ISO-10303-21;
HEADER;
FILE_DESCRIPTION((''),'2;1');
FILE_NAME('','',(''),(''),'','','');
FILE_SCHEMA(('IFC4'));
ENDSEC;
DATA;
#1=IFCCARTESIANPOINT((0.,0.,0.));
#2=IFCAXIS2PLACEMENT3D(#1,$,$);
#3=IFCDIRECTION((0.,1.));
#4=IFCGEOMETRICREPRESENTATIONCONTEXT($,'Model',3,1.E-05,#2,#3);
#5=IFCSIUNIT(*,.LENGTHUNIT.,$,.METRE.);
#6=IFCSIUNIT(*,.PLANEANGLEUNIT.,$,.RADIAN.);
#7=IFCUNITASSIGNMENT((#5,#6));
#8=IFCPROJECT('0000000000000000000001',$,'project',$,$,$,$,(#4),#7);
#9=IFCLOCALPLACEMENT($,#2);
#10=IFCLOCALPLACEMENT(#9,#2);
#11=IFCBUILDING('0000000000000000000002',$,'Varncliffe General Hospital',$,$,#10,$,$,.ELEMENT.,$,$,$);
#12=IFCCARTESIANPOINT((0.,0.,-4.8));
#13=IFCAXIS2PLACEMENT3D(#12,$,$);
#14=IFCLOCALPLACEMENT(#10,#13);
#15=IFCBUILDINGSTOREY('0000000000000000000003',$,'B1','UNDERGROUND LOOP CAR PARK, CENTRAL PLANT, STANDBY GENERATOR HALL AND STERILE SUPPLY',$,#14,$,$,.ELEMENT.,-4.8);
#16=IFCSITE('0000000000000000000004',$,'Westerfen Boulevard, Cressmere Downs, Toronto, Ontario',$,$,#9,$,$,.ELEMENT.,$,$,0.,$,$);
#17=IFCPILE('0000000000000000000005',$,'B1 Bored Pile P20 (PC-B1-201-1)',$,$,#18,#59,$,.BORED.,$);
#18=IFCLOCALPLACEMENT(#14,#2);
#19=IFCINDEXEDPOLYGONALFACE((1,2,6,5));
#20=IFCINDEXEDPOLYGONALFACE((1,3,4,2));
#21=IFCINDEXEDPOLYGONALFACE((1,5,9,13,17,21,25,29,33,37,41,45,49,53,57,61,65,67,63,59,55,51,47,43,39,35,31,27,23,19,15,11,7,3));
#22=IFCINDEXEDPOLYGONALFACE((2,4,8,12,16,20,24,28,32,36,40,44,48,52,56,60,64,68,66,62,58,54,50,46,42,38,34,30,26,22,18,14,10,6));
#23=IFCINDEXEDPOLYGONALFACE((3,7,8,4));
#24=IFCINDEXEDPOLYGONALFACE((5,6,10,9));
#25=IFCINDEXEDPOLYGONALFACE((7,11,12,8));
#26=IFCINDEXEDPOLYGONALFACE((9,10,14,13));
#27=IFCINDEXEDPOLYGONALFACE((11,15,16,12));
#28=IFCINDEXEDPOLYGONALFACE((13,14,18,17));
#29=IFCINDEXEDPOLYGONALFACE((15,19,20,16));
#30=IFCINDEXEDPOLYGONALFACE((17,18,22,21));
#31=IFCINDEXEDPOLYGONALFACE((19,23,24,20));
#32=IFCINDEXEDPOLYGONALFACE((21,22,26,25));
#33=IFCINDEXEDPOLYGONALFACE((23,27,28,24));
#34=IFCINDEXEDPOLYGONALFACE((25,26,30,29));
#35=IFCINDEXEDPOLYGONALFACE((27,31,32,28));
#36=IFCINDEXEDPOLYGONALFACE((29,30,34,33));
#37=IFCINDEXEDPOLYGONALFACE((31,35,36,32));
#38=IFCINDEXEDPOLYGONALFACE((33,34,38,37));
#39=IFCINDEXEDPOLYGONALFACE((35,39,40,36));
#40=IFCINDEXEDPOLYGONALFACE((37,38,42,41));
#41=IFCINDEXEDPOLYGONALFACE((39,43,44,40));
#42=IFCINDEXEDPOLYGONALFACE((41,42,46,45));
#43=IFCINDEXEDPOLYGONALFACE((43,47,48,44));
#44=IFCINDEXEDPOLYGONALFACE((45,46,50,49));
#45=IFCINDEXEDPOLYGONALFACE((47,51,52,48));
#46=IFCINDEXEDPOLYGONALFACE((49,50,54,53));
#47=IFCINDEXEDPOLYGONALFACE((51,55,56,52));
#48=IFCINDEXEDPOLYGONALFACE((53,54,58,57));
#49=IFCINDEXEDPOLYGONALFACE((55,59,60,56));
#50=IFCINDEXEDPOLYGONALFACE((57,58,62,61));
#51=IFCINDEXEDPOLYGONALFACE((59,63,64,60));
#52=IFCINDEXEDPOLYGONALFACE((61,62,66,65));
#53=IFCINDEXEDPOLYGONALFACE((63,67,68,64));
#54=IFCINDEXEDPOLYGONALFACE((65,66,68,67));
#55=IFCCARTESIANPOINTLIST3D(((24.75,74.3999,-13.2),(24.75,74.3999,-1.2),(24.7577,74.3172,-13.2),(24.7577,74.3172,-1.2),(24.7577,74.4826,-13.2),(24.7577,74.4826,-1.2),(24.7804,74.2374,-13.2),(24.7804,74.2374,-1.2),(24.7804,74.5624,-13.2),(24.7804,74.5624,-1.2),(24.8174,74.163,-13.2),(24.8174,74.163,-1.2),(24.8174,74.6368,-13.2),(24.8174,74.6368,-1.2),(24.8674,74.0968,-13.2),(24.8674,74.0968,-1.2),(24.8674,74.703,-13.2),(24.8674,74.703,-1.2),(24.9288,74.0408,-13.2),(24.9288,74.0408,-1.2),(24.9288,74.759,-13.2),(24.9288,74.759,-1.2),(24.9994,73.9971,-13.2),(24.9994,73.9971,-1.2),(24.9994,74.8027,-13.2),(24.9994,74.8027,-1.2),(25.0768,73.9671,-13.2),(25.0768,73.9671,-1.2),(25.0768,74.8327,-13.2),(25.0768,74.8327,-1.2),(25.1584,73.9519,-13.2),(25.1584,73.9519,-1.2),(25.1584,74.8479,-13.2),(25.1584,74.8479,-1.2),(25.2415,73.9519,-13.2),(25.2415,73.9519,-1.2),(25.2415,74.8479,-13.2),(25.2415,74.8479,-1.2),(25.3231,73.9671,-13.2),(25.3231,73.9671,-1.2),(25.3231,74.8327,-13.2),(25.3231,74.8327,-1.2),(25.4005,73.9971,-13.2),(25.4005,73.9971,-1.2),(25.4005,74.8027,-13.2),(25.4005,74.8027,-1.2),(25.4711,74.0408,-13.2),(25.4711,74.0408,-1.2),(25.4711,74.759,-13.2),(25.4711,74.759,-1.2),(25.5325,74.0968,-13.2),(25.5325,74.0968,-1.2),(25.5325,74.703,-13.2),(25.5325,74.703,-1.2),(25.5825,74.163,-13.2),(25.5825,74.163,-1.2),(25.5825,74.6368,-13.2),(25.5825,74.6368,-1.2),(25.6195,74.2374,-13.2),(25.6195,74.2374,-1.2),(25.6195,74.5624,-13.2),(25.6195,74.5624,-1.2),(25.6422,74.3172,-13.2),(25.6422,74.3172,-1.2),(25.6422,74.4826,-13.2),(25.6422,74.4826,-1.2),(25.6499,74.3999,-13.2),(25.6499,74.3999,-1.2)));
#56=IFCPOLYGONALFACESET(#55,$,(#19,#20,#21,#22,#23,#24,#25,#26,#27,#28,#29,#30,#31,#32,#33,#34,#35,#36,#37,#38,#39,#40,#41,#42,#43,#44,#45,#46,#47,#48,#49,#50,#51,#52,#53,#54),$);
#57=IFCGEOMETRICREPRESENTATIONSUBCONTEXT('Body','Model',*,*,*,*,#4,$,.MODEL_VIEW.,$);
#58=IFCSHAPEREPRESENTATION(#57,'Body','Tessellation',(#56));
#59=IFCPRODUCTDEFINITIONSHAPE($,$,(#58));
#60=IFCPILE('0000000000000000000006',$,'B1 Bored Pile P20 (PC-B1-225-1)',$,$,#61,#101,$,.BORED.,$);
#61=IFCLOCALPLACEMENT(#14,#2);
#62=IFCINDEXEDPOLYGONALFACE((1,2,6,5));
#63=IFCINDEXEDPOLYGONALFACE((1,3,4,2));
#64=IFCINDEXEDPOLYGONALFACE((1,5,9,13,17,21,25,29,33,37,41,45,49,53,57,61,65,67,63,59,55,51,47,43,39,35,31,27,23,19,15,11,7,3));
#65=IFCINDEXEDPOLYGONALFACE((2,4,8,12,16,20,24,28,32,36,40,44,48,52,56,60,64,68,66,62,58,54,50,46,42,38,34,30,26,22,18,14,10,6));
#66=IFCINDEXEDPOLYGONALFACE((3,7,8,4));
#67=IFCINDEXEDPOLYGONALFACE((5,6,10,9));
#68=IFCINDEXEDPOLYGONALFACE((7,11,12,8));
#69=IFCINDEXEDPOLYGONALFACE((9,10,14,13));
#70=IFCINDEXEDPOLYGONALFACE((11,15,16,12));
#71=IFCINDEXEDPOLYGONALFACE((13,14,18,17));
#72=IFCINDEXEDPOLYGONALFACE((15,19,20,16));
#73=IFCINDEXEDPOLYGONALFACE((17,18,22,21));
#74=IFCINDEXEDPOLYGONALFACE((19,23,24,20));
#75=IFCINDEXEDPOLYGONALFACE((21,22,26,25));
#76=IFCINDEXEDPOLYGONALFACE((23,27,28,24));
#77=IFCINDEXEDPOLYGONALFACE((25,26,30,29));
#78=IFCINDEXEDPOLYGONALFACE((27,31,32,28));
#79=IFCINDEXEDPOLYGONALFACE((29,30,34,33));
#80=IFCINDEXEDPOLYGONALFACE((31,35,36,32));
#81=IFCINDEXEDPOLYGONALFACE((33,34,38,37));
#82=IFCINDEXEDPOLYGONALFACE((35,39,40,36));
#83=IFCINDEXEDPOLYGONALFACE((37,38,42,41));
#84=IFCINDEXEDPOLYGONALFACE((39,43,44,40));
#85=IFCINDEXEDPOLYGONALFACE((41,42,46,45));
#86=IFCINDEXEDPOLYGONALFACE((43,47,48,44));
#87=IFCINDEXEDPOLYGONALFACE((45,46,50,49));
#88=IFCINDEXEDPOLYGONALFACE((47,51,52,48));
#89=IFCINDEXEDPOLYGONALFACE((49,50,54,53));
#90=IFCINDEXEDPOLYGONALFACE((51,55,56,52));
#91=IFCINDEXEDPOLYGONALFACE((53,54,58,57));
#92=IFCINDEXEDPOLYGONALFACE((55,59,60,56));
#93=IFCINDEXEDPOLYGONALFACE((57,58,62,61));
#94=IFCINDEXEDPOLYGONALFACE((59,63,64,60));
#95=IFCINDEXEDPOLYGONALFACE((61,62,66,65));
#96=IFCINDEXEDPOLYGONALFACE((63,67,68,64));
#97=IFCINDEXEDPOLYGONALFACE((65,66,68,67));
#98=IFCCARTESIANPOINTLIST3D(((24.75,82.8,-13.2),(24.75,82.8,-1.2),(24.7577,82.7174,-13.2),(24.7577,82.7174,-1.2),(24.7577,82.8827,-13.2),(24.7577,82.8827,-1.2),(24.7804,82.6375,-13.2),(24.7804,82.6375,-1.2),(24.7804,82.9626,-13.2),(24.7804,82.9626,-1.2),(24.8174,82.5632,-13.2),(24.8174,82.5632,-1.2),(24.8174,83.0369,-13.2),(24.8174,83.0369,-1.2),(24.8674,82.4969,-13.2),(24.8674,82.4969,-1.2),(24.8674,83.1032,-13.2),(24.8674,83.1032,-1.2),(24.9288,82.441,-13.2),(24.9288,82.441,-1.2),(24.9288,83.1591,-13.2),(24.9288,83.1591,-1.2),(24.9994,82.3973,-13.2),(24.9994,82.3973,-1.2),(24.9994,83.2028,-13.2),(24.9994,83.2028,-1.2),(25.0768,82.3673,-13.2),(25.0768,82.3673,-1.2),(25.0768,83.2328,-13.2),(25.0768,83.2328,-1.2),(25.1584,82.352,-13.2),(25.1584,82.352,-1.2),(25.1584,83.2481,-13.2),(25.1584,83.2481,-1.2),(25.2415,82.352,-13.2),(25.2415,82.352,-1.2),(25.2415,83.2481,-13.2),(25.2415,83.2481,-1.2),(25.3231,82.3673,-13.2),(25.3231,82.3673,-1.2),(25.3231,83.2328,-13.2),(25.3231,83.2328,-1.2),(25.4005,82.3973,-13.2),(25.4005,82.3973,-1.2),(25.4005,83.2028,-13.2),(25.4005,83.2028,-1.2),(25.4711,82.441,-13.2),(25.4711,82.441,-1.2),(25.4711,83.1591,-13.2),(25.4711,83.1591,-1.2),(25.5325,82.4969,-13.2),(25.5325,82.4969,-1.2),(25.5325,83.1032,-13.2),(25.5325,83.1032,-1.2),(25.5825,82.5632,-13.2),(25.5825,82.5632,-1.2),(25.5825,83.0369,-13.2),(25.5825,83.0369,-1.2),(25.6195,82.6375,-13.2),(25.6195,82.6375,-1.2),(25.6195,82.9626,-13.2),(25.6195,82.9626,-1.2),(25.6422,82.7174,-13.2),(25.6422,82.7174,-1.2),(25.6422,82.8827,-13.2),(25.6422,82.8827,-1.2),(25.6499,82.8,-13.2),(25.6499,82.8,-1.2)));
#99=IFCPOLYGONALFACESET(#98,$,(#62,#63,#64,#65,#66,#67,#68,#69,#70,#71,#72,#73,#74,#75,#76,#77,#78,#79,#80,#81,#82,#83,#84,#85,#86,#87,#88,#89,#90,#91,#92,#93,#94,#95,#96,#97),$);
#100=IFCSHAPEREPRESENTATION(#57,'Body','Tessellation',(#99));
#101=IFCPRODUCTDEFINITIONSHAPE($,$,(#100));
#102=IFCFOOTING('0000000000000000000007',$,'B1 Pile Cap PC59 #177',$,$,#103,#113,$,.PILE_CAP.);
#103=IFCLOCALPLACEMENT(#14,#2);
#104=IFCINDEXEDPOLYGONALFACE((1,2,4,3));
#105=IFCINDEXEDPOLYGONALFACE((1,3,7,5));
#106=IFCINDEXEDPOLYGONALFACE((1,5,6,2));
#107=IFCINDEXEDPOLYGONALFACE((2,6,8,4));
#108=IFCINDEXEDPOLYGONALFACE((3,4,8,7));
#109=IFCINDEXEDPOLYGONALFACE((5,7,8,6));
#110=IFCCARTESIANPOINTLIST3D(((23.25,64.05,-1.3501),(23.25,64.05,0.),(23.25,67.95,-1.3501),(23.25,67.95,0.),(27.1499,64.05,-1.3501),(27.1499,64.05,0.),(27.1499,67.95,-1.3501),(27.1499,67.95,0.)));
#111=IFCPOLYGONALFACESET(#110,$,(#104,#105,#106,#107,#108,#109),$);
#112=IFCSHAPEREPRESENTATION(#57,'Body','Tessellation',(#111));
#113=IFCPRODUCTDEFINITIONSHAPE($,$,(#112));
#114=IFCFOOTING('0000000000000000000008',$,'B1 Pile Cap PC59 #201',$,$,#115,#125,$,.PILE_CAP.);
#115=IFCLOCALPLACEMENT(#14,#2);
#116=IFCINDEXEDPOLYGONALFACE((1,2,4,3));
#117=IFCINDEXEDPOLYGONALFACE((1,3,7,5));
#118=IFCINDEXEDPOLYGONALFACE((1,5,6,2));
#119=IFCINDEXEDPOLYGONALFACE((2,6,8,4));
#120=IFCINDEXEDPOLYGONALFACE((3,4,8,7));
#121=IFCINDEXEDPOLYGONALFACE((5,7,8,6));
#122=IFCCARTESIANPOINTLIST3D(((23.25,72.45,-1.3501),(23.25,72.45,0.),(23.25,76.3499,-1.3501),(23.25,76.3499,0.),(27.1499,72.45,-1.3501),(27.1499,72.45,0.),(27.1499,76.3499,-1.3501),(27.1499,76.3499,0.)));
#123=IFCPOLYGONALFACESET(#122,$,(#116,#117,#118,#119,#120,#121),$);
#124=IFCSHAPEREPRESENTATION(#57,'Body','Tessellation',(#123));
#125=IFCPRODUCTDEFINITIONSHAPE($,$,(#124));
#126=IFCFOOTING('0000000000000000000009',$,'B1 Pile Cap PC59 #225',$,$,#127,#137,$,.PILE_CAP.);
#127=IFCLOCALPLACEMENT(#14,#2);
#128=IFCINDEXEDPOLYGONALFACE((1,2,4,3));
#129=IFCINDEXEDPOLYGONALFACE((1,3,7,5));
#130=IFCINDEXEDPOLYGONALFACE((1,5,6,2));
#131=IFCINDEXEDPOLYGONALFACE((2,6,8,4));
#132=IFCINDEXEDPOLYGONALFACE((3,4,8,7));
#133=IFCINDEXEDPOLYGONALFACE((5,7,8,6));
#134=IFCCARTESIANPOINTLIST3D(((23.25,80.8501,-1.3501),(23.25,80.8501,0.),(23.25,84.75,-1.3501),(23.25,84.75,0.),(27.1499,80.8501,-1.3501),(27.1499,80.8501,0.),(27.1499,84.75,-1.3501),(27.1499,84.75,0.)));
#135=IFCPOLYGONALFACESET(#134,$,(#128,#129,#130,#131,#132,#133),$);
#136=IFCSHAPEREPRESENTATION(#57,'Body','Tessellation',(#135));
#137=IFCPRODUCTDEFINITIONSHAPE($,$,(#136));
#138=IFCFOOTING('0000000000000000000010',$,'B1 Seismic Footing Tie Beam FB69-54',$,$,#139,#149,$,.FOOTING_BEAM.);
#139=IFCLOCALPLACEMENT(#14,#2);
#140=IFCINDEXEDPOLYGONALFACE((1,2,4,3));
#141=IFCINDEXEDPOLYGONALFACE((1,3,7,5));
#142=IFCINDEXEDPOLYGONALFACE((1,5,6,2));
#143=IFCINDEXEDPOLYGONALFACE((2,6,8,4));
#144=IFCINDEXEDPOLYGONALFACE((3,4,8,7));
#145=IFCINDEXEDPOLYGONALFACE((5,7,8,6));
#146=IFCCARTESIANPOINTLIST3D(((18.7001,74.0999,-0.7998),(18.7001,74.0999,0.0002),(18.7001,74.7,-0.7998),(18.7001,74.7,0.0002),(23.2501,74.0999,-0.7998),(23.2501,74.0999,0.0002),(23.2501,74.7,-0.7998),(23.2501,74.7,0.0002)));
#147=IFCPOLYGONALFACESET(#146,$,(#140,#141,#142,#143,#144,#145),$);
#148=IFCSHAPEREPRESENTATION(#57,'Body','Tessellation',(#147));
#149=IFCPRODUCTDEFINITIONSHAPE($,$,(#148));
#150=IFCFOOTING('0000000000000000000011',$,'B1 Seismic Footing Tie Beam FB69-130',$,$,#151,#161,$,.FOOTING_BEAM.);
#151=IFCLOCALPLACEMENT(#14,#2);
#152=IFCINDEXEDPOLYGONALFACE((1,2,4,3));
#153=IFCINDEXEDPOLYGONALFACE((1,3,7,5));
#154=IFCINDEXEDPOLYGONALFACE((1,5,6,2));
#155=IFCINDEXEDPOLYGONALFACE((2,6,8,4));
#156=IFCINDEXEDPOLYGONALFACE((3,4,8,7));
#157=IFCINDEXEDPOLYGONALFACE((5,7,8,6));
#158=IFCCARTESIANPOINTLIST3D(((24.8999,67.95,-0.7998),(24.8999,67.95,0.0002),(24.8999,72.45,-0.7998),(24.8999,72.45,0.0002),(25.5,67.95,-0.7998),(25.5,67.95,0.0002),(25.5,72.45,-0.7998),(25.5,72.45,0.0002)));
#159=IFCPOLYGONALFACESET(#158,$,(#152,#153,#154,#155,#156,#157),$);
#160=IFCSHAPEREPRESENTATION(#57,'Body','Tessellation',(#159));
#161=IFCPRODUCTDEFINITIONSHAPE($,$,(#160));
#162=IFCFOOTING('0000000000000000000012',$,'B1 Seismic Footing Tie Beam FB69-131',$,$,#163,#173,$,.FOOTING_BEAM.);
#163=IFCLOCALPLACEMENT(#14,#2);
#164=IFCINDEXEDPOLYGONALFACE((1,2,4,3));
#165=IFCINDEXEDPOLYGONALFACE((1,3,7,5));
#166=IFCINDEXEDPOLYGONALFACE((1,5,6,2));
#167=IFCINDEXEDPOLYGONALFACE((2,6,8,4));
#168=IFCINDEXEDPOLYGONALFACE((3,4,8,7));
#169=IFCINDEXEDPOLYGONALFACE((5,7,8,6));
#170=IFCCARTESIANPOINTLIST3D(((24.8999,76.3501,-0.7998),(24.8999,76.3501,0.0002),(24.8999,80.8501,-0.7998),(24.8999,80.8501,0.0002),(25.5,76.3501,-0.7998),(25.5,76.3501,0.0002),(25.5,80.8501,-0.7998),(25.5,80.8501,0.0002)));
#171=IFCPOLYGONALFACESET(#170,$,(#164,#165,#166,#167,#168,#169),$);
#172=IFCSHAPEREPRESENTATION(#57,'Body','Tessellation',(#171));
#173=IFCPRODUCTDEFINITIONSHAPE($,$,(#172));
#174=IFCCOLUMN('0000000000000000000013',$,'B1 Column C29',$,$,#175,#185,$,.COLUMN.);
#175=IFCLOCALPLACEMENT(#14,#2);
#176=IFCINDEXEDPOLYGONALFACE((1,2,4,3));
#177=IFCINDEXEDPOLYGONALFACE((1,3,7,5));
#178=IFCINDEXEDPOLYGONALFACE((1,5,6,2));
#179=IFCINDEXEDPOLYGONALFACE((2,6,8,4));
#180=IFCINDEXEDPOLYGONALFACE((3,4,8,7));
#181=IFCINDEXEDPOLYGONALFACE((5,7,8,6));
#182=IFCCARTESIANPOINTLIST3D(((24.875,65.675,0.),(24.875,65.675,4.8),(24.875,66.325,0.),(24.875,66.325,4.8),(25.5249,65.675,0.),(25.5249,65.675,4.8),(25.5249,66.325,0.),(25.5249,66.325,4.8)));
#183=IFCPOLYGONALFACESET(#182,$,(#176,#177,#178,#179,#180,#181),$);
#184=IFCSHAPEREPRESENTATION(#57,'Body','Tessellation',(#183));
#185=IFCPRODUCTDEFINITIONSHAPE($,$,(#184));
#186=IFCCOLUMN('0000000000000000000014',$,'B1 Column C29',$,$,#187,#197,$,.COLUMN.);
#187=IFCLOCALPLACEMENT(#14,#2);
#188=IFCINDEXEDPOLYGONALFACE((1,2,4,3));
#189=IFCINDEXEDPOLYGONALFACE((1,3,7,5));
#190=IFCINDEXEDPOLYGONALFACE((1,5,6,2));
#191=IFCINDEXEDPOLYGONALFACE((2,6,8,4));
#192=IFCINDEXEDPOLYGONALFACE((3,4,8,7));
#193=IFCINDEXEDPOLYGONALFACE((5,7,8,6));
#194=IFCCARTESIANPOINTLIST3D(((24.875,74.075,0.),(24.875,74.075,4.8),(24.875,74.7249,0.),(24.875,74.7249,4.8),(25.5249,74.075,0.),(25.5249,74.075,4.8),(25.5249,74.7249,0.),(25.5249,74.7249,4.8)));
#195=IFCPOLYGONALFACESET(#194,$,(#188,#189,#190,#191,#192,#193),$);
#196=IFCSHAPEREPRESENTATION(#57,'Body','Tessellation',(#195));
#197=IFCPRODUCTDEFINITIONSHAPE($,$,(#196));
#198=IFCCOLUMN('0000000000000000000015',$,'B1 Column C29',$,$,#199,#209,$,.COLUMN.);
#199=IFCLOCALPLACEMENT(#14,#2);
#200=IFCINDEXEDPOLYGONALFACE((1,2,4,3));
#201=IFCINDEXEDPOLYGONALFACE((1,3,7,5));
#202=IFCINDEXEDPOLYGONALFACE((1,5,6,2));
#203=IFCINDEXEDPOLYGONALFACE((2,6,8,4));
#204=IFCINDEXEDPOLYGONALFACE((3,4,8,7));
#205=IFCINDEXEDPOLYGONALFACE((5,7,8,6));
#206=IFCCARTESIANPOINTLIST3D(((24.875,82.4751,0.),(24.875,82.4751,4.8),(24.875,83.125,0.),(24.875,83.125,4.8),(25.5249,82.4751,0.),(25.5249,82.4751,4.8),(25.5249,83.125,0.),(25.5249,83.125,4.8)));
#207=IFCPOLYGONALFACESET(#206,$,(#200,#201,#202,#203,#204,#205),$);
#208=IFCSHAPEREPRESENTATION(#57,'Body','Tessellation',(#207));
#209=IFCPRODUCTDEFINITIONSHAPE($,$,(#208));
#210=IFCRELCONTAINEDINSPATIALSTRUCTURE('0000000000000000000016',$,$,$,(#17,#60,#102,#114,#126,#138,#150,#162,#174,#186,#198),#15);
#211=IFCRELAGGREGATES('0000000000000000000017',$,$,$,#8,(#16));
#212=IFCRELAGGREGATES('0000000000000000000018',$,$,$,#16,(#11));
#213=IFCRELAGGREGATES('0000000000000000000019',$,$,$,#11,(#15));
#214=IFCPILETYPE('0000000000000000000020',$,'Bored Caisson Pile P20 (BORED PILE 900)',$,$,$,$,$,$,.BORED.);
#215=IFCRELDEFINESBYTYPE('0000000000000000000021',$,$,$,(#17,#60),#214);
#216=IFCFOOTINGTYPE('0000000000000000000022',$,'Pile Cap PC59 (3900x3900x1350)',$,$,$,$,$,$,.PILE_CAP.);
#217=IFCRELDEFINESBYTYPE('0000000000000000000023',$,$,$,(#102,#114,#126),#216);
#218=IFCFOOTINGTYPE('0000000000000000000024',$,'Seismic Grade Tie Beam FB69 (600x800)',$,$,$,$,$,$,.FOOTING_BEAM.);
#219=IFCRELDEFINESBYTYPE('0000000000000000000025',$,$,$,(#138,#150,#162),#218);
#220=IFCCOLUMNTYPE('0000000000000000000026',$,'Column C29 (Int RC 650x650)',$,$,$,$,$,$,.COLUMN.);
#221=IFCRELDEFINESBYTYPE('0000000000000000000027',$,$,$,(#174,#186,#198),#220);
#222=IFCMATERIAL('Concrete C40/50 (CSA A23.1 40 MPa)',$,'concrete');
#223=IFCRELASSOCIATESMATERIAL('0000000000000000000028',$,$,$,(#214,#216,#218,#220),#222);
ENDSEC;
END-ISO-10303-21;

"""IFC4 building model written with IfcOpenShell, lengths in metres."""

from ifc_helpers import new_model, si_unit, direction, frame, origin, origin_2d, place, context, subcontext, project, spatial, rectangle, circle, extrude, material, material_profile, profile_set, type_object, element, save


model = new_model("IFC4")

# Units and contexts
model_context = context("Model", 3, precision=1e-05, world=origin(), true_north=direction((0.0, 1.0)))
body_context = subcontext(model_context, "Body", "Model", "MODEL_VIEW")
ifc_project = project(units=[si_unit("LENGTHUNIT", "METRE"), si_unit("PLANEANGLEUNIT", "RADIAN")], contexts=[model_context])

# Site, building, storey
site_placement = place(None, origin())
site = spatial("IfcSite", under=ifc_project, at=site_placement, Name="Westerfen Boulevard, Cressmere Downs, Toronto, Ontario", CompositionType="ELEMENT", RefElevation=0.0)
building_placement = place(site_placement, origin())
building = spatial("IfcBuilding", under=site, at=building_placement, Name="Varncliffe General Hospital", CompositionType="ELEMENT")
storey_placement = place(building_placement, frame((0.0, 0.0, -4.8)))
storey = spatial("IfcBuildingStorey", under=building, at=storey_placement, Name="B1", Description="UNDERGROUND LOOP CAR PARK, CENTRAL PLANT, STANDBY GENERATOR HALL AND STERILE SUPPLY", CompositionType="ELEMENT", Elevation=-4.8)

# Piles
ifc_material_1 = material(Name="Concrete C40/50 (CSA A23.1 40 MPa)", Category="concrete")
ifc_material_profile_1 = material_profile(ifc_material_1, circle(Radius=0.45, at=origin_2d()), Name="BORED PILE 900")
ifc_profile_set_1 = profile_set([ifc_material_profile_1], Name="Concrete C40/50 (CSA A23.1 40 MPa)")
pile_type_1 = type_object("IfcPileType", Name="Bored Caisson Pile P20 (BORED PILE 900)", PredefinedType="BORED", material=ifc_profile_set_1)
for number, where, z_axis, x_axis, name in (
    (1, (25.2, 74.3999, -1.2), (0.0, 0.0, -1.0), (1.0, 0.0, 0.0), "B1 Bored Pile P20 (PC-B1-201-1)"),
    (2, (25.2, 82.8, -1.2), (0.0, 0.0, -1.0), (1.0, 0.0, 0.0), "B1 Bored Pile P20 (PC-B1-225-1)"),
):
    element("IfcPile", number, at=place(storey_placement, frame(where, z_axis=z_axis, x_axis=x_axis)), inside=storey, type_object=pile_type_1, Name=name, PredefinedType="BORED", context=body_context, shape_type="SweptSolid", body=[
        extrude(circle(Radius=0.45, at=origin_2d()), origin(), (0.0, 0.0, 1.0), 12.0),
    ])

# Footings
footing_type_1 = type_object("IfcFootingType", Name="Pile Cap PC59 (3900x3900x1350)", PredefinedType="PILE_CAP", material=ifc_material_1)
for number, where, z_axis, x_axis, name in (
    (3, (25.2, 66.0, -1.3501), (0.0, 0.0, 1.0), (1.0, 0.0, 0.0), "B1 Pile Cap PC59 #177"),
    (4, (25.2, 74.3999, -1.3501), (0.0, 0.0, 1.0), (1.0, 0.0, 0.0), "B1 Pile Cap PC59 #201"),
    (5, (25.2, 82.8, -1.3501), (0.0, 0.0, 1.0), (1.0, 0.0, 0.0), "B1 Pile Cap PC59 #225"),
):
    element("IfcFooting", number, at=place(storey_placement, frame(where, z_axis=z_axis, x_axis=x_axis)), inside=storey, type_object=footing_type_1, Name=name, PredefinedType="PILE_CAP", context=body_context, shape_type="SweptSolid", body=[
        extrude(rectangle(XDim=3.8999, YDim=3.8999, at=origin_2d()), origin(), (0.0, 0.0, 1.0), 1.3501),
    ])
footing_type_2 = type_object("IfcFootingType", Name="Seismic Grade Tie Beam FB69 (600x800)", PredefinedType="FOOTING_BEAM", material=ifc_material_1)
footing_placement = place(storey_placement, frame((20.9751, 74.3999, -0.7998), z_axis=(0.0, 0.0, 1.0), x_axis=(1.0, 0.0, 0.0)))
element("IfcFooting", 6, at=footing_placement, inside=storey, type_object=footing_type_2, Name="B1 Seismic Footing Tie Beam FB69-54", PredefinedType="FOOTING_BEAM", context=body_context, shape_type="SweptSolid", body=[
    extrude(rectangle(XDim=4.55, YDim=0.6001, at=origin_2d()), origin(), (0.0, 0.0, 1.0), 0.8),
])
for number, where, z_axis, x_axis, name in (
    (7, (25.2, 70.2, -0.7998), (0.0, 0.0, 1.0), (1.0, 0.0, 0.0), "B1 Seismic Footing Tie Beam FB69-130"),
    (8, (25.2, 78.6001, -0.7998), (0.0, 0.0, 1.0), (1.0, 0.0, 0.0), "B1 Seismic Footing Tie Beam FB69-131"),
):
    element("IfcFooting", number, at=place(storey_placement, frame(where, z_axis=z_axis, x_axis=x_axis)), inside=storey, type_object=footing_type_2, Name=name, PredefinedType="FOOTING_BEAM", context=body_context, shape_type="SweptSolid", body=[
        extrude(rectangle(XDim=0.6001, YDim=4.5, at=origin_2d()), origin(), (0.0, 0.0, 1.0), 0.8),
    ])

# Columns
ifc_material_profile_2 = material_profile(ifc_material_1, rectangle(XDim=0.6499, YDim=0.6499, at=origin_2d()), Name="RC 650x650")
ifc_profile_set_2 = profile_set([ifc_material_profile_2], Name="Concrete C40/50 (CSA A23.1 40 MPa)")
column_type = type_object("IfcColumnType", Name="Column C29 (Int RC 650x650)", PredefinedType="COLUMN", material=ifc_profile_set_2)
for number, where, z_axis, x_axis, name in (
    (9, (25.2, 66.0, 0.0), (0.0, 0.0, 1.0), (1.0, 0.0, 0.0), "B1 Column C29"),
    (10, (25.2, 74.3999, 0.0), (0.0, 0.0, 1.0), (1.0, 0.0, 0.0), "B1 Column C29"),
    (11, (25.2, 82.8, 0.0), (0.0, 0.0, 1.0), (1.0, 0.0, 0.0), "B1 Column C29"),
):
    element("IfcColumn", number, at=place(storey_placement, frame(where, z_axis=z_axis, x_axis=x_axis)), inside=storey, type_object=column_type, Name=name, PredefinedType="COLUMN", context=body_context, shape_type="SweptSolid", body=[
        extrude(rectangle(XDim=0.6499, YDim=0.6499, at=origin_2d()), origin(), (0.0, 0.0, 1.0), 4.8),
    ])

save(model, "model.ifc")
